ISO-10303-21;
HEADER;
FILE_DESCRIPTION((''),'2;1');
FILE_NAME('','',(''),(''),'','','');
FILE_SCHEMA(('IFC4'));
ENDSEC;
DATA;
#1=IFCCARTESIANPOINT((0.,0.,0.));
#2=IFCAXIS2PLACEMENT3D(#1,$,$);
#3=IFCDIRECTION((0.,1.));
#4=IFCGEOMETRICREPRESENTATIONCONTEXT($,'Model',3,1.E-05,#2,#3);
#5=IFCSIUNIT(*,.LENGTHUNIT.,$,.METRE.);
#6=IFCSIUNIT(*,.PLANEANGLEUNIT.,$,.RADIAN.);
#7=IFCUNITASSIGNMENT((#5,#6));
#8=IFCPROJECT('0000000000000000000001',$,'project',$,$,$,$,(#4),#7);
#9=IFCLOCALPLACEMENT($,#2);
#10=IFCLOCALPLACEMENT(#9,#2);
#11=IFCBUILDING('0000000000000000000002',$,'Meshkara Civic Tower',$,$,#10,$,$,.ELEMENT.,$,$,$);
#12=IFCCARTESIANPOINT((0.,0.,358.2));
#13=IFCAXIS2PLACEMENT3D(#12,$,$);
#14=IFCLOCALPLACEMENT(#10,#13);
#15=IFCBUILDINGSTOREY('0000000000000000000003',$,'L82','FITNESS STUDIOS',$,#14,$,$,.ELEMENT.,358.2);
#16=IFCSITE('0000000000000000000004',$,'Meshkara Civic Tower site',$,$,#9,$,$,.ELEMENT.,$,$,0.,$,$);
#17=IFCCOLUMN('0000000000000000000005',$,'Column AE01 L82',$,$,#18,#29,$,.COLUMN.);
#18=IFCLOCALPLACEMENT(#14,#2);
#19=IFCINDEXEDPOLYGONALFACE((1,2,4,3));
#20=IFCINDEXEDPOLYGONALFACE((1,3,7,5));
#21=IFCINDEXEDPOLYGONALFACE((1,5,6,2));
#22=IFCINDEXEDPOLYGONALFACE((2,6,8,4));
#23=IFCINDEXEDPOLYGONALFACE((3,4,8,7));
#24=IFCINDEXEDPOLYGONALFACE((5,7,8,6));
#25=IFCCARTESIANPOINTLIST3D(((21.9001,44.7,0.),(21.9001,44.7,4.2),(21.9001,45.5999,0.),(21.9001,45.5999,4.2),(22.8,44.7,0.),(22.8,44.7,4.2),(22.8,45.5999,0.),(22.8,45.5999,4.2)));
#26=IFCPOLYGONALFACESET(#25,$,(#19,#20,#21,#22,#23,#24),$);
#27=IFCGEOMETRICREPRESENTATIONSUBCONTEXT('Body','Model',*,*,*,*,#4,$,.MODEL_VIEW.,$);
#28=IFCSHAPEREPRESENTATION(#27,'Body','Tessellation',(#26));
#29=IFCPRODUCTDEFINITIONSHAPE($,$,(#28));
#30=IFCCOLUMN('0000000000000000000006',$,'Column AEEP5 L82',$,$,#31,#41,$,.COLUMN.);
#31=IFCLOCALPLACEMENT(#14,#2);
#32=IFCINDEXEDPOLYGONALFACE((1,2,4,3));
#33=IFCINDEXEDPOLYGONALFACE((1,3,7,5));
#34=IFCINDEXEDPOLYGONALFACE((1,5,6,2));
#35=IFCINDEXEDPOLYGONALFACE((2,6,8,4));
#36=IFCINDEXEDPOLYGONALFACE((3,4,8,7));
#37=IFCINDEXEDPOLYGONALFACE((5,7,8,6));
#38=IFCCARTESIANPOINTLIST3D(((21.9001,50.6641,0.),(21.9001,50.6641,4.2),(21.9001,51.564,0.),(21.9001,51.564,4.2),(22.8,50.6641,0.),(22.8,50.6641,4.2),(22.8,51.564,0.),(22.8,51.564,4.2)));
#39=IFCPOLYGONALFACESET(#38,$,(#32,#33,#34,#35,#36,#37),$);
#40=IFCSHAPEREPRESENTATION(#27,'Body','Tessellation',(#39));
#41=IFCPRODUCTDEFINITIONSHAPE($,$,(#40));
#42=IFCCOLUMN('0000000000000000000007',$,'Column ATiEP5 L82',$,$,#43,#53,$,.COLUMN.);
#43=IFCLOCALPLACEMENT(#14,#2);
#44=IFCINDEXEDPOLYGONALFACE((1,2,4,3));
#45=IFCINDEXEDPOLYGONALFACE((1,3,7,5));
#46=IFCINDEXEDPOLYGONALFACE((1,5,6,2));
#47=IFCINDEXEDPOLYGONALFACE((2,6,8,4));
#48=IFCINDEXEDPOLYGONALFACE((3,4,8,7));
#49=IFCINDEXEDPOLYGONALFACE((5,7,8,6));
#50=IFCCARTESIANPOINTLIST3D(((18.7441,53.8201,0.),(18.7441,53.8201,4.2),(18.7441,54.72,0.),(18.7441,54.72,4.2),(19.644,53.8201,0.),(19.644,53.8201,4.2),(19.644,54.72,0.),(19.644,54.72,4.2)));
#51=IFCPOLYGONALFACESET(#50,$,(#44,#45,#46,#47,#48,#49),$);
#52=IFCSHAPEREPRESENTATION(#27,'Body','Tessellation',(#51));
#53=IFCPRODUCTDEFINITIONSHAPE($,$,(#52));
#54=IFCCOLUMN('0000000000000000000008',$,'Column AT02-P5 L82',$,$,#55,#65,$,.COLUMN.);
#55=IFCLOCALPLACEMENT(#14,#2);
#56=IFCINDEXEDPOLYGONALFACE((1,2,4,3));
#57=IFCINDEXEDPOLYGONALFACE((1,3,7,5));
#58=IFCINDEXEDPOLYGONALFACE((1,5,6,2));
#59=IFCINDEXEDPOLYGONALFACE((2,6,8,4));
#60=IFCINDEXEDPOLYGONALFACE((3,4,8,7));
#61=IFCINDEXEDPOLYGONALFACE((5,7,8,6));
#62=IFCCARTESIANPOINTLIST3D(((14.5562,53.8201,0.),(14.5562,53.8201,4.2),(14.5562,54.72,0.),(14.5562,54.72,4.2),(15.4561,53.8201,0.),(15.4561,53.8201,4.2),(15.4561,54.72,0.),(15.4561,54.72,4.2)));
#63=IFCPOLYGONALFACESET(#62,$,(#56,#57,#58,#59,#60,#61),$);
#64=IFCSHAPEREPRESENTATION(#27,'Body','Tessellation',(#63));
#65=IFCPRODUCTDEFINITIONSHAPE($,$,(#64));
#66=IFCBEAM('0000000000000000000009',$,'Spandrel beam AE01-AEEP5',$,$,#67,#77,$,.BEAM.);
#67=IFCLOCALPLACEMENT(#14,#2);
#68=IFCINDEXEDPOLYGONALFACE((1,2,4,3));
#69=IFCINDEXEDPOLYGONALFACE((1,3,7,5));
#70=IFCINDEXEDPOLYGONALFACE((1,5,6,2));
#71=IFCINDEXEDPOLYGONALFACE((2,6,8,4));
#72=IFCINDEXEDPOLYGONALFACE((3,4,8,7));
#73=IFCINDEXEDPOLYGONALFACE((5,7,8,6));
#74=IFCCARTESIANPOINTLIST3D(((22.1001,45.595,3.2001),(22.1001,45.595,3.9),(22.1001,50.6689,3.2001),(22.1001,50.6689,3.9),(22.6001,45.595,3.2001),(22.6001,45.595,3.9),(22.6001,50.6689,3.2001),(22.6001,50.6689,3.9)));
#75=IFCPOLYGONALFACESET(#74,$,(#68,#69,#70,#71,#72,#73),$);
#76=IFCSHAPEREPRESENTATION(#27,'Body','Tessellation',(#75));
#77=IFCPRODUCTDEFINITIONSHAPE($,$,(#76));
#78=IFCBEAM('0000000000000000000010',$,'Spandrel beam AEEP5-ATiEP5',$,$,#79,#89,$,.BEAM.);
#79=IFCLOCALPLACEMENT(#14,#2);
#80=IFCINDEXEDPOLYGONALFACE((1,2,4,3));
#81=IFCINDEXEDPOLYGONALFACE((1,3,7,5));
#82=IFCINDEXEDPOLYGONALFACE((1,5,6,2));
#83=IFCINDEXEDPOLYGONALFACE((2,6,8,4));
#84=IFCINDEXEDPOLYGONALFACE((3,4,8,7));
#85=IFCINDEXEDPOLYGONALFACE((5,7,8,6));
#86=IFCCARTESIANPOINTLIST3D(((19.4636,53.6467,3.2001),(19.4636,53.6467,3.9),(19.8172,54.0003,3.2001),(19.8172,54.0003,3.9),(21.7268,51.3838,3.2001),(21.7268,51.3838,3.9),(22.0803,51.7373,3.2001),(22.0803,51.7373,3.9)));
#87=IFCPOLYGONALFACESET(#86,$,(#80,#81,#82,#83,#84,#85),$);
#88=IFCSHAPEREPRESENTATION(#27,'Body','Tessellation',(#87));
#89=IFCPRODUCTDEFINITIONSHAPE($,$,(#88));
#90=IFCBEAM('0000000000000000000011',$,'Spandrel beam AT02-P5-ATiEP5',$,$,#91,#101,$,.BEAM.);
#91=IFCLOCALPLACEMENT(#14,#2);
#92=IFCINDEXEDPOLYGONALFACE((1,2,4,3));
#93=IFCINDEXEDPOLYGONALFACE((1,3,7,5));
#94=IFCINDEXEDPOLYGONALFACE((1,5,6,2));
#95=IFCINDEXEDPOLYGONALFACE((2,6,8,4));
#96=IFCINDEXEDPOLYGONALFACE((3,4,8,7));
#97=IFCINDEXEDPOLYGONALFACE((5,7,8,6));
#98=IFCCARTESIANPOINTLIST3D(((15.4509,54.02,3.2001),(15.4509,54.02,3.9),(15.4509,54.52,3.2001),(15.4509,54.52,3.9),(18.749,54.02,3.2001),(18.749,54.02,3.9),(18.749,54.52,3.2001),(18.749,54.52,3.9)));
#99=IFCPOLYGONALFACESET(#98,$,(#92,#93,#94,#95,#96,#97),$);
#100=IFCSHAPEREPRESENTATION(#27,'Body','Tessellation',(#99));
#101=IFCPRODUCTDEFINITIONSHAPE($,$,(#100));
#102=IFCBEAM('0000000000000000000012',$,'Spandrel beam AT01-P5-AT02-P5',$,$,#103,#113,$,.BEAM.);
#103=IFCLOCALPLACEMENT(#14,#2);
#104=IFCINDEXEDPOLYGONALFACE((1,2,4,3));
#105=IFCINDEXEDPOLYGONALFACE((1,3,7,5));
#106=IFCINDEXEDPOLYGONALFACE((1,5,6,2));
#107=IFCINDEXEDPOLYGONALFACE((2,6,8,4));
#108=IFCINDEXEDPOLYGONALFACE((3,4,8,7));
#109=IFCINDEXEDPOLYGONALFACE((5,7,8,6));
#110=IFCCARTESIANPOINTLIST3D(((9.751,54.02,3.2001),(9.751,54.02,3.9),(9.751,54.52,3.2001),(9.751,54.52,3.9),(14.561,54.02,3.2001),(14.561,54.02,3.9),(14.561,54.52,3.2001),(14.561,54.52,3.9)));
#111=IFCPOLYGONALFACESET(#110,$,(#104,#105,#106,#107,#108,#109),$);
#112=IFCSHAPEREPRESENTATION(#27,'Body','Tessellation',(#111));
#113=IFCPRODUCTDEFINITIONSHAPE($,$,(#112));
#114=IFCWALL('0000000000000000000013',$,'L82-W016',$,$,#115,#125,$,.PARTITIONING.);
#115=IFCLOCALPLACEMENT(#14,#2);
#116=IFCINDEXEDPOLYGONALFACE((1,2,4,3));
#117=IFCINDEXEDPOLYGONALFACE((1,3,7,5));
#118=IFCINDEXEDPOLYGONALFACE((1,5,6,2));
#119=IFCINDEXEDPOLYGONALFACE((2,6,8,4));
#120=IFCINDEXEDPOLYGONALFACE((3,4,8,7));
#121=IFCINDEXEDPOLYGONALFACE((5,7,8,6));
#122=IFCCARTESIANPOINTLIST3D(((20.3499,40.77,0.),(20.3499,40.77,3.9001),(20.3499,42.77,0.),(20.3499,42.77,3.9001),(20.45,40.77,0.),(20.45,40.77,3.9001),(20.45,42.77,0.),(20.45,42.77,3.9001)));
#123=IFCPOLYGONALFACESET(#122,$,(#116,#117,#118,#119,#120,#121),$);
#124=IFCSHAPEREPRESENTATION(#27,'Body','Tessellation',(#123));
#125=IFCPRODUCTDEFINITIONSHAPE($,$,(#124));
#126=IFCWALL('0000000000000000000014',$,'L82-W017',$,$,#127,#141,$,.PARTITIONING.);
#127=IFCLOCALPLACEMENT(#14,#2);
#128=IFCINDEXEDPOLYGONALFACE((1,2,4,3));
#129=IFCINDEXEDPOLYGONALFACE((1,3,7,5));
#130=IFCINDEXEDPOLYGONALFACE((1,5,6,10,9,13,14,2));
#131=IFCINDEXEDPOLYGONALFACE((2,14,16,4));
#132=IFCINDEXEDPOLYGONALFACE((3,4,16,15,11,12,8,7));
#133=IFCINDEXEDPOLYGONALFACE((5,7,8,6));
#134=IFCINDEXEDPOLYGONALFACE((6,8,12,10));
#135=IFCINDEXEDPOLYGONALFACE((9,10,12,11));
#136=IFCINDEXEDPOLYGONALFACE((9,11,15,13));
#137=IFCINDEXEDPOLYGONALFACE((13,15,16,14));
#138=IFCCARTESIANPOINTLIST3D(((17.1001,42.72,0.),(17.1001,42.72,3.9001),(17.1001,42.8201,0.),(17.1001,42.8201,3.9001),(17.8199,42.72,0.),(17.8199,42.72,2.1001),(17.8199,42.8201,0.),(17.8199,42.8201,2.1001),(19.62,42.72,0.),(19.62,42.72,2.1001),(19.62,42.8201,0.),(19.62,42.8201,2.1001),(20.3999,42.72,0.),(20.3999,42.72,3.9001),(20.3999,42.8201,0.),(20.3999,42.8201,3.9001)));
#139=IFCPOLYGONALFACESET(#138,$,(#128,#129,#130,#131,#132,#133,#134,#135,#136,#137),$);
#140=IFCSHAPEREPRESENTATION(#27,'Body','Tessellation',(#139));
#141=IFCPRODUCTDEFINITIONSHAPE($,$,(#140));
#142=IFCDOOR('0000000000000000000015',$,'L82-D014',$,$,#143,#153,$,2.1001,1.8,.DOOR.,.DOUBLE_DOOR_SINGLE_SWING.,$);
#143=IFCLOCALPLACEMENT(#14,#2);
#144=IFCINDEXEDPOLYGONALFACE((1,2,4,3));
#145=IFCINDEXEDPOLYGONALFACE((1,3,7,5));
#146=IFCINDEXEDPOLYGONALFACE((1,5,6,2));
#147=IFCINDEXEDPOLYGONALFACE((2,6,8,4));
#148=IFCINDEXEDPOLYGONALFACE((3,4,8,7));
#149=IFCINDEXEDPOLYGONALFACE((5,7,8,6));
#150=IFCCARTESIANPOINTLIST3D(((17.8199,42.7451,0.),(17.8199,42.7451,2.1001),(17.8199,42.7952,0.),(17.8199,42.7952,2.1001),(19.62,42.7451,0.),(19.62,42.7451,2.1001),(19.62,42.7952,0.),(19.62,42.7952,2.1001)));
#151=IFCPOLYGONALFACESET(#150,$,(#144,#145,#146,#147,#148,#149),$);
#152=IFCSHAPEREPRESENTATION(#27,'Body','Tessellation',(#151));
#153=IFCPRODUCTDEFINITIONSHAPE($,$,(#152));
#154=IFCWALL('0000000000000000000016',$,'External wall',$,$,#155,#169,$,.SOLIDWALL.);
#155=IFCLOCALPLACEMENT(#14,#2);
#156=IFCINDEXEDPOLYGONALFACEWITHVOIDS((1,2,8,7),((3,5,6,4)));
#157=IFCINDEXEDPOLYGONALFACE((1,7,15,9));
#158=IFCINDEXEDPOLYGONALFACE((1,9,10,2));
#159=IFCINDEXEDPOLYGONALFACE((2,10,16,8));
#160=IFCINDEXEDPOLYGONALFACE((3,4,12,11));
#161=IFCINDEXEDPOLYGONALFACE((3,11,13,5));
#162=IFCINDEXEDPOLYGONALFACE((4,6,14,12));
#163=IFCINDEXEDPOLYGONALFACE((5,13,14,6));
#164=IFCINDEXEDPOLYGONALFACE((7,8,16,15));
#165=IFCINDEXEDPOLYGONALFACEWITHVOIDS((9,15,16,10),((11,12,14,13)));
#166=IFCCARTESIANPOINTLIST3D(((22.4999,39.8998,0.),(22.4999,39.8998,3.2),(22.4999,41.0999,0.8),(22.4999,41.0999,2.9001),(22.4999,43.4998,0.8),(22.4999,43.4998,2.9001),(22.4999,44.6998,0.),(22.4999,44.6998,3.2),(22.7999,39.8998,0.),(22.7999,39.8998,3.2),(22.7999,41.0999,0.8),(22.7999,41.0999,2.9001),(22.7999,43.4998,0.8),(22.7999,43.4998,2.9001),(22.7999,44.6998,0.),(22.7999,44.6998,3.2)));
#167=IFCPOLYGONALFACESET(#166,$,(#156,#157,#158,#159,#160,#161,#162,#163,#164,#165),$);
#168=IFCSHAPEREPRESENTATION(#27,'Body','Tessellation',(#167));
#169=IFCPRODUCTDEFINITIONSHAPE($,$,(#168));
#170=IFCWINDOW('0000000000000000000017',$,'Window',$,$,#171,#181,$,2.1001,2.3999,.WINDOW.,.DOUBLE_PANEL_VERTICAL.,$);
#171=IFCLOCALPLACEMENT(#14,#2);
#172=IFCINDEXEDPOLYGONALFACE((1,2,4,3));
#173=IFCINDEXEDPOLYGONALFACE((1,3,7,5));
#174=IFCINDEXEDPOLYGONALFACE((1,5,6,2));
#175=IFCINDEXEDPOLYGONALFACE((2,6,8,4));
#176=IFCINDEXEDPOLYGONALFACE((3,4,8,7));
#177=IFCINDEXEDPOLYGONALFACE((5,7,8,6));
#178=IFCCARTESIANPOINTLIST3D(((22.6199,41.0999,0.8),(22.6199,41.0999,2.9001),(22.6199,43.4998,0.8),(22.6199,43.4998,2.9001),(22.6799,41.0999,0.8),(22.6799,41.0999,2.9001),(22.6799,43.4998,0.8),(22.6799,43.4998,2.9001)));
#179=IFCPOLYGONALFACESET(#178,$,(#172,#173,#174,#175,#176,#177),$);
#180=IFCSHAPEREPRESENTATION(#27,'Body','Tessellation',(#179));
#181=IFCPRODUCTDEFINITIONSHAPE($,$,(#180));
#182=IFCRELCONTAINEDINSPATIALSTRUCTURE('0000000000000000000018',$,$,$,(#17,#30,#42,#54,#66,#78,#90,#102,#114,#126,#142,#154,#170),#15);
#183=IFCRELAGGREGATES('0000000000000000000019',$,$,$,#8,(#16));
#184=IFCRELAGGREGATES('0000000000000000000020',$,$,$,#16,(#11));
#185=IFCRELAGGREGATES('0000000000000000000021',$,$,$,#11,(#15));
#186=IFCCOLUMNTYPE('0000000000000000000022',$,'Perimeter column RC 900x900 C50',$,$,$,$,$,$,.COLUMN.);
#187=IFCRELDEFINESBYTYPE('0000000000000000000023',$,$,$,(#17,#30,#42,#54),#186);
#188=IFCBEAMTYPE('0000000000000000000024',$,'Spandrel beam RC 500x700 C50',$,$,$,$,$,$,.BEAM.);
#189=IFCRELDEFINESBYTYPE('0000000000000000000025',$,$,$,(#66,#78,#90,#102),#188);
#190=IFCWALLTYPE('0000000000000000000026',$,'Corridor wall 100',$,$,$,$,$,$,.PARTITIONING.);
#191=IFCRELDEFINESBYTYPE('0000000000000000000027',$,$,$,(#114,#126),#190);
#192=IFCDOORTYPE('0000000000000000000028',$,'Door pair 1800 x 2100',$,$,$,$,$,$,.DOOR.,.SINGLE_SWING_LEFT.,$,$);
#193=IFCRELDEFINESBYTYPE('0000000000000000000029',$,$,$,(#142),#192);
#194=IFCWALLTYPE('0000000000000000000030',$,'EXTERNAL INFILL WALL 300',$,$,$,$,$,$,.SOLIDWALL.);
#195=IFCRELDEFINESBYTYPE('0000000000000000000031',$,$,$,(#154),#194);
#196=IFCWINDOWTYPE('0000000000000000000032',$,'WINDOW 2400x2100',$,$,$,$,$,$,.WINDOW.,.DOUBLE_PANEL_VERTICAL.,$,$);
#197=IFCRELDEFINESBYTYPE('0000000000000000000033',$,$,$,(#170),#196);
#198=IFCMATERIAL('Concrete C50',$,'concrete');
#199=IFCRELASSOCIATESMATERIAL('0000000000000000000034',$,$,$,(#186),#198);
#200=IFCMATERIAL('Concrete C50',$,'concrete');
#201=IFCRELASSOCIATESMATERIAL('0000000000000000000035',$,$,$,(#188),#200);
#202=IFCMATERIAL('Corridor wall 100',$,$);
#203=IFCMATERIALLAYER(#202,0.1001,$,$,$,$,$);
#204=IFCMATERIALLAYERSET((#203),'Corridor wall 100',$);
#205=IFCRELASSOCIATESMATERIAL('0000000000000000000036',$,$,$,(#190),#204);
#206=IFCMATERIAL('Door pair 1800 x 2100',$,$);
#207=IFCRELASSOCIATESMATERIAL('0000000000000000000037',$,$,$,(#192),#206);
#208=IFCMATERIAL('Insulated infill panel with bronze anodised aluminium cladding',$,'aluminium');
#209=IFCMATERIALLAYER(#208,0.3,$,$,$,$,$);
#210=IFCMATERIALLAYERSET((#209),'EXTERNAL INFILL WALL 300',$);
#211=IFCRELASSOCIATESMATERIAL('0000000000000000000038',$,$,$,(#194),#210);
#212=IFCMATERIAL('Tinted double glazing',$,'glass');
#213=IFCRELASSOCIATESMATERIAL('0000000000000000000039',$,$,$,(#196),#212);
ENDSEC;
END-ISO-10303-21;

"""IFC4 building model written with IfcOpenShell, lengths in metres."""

from ifc_helpers import new_model, si_unit, direction, frame, frame_2d, origin, origin_2d, place, context, subcontext, project, spatial, rectangle, extrude, material, layer, layer_set, material_profile, profile_set, type_object, element, fill, save


model = new_model("IFC4")

# Units and contexts
model_context = context("Model", 3, precision=1e-05, world=origin(), true_north=direction((0.0, 1.0)))
body_context = subcontext(model_context, "Body", "Model", "MODEL_VIEW")
ifc_project = project(units=[si_unit("LENGTHUNIT", "METRE"), si_unit("PLANEANGLEUNIT", "RADIAN")], contexts=[model_context])

# Site, building, storey
site_placement = place(None, origin())
site = spatial("IfcSite", under=ifc_project, at=site_placement, Name="Meshkara Civic Tower site", CompositionType="ELEMENT", RefElevation=0.0)
building_placement = place(site_placement, origin())
building = spatial("IfcBuilding", under=site, at=building_placement, Name="Meshkara Civic Tower", CompositionType="ELEMENT")
storey_placement = place(building_placement, frame((0.0, 0.0, 358.2)))
storey = spatial("IfcBuildingStorey", under=building, at=storey_placement, Name="L82", Description="FITNESS STUDIOS", CompositionType="ELEMENT", Elevation=358.2)

# Columns
ifc_material_1 = material(Name="Concrete C50", Category="concrete")
ifc_material_profile_1 = material_profile(ifc_material_1, rectangle(XDim=0.8999, YDim=0.8999, at=origin_2d()))
ifc_profile_set_1 = profile_set([ifc_material_profile_1], Name="Concrete C50")
column_type = type_object("IfcColumnType", Name="Perimeter column RC 900x900 C50", PredefinedType="COLUMN", material=ifc_profile_set_1)
for number, where, z_axis, x_axis, name in (
    (1, (22.3501, 45.1499, 0.0), (0.0, 0.0, 1.0), (1.0, 0.0, 0.0), "Column AE01 L82"),
    (2, (22.3501, 51.114, 0.0), (0.0, 0.0, 1.0), (1.0, 0.0, 0.0), "Column AEEP5 L82"),
    (3, (19.1941, 54.27, 0.0), (0.0, 0.0, 1.0), (1.0, 0.0, 0.0), "Column ATiEP5 L82"),
    (4, (15.0061, 54.27, 0.0), (0.0, 0.0, 1.0), (1.0, 0.0, 0.0), "Column AT02-P5 L82"),
):
    element("IfcColumn", number, at=place(storey_placement, frame(where, z_axis=z_axis, x_axis=x_axis)), inside=storey, type_object=column_type, Name=name, PredefinedType="COLUMN", context=body_context, shape_type="SweptSolid", body=[
        extrude(rectangle(XDim=0.8999, YDim=0.8999, at=origin_2d()), origin(), (0.0, 0.0, 1.0), 4.2),
    ])

# Beams
ifc_material_2 = material(Name="Concrete C50", Category="concrete")
ifc_material_profile_2 = material_profile(ifc_material_2, rectangle(XDim=0.5, YDim=0.7, at=origin_2d()))
ifc_profile_set_2 = profile_set([ifc_material_profile_2], Name="Concrete C50")
beam_type = type_object("IfcBeamType", Name="Spandrel beam RC 500x700 C50", PredefinedType="BEAM", material=ifc_profile_set_2)
beam_1_placement = place(storey_placement, frame((22.3501, 45.595, 3.55), z_axis=(0.0, 1.0, 0.0), x_axis=(-1.0, 0.0, 0.0)))
element("IfcBeam", 5, at=beam_1_placement, inside=storey, type_object=beam_type, Name="Spandrel beam AE01-AEEP5", PredefinedType="BEAM", context=body_context, shape_type="SweptSolid", body=[
    extrude(rectangle(XDim=0.5, YDim=0.7, at=origin_2d()), origin(), (0.0, 0.0, 1.0), 5.074),
])
beam_2_placement = place(storey_placement, frame((21.9036, 51.5605, 3.55), z_axis=(-0.707145, 0.707069, 0.0), x_axis=(-0.707069, -0.707145, 0.0)))
element("IfcBeam", 6, at=beam_2_placement, inside=storey, type_object=beam_type, Name="Spandrel beam AEEP5-ATiEP5", PredefinedType="BEAM", context=body_context, shape_type="SweptSolid", body=[
    extrude(rectangle(XDim=0.5, YDim=0.7, at=origin_2d()), origin(), (0.0, 0.0, 1.0), 3.2004),
])
beam_3_placement = place(storey_placement, frame((18.749, 54.27, 3.55), z_axis=(-1.0, 0.0, 0.0), x_axis=(0.0, -1.0, 0.0)))
element("IfcBeam", 7, at=beam_3_placement, inside=storey, type_object=beam_type, Name="Spandrel beam AT02-P5-ATiEP5", PredefinedType="BEAM", context=body_context, shape_type="SweptSolid", body=[
    extrude(rectangle(XDim=0.5, YDim=0.7, at=origin_2d()), origin(), (0.0, 0.0, 1.0), 3.2981),
])
beam_4_placement = place(storey_placement, frame((14.561, 54.27, 3.55), z_axis=(-1.0, 0.0, 0.0), x_axis=(0.0, -1.0, 0.0)))
element("IfcBeam", 8, at=beam_4_placement, inside=storey, type_object=beam_type, Name="Spandrel beam AT01-P5-AT02-P5", PredefinedType="BEAM", context=body_context, shape_type="SweptSolid", body=[
    extrude(rectangle(XDim=0.5, YDim=0.7, at=origin_2d()), origin(), (0.0, 0.0, 1.0), 4.8101),
])

# Wall
ifc_material_3 = material(Name="Corridor wall 100")
ifc_layer_1 = layer(ifc_material_3, 0.1001)
ifc_layer_set_1 = layer_set([ifc_layer_1], Name="Corridor wall 100")
wall_type_1 = type_object("IfcWallType", Name="Corridor wall 100", PredefinedType="PARTITIONING", material=ifc_layer_set_1)
wall_1_placement = place(storey_placement, frame((20.3999, 40.77, 0.0), z_axis=(0.0, 0.0, 1.0), x_axis=(0.0, 1.0, 0.0)))
element("IfcWall", 9, at=wall_1_placement, inside=storey, type_object=wall_type_1, Name="L82-W016", PredefinedType="PARTITIONING", context=body_context, shape_type="SweptSolid", body=[
    extrude(rectangle(XDim=2.0, YDim=0.1001, at=frame_2d((1.0, 0.0))), origin(), (0.0, 0.0, 1.0), 3.9001),
])

# Wall, opening, door
wall_2_placement = place(storey_placement, frame((20.3999, 42.77, 0.0), z_axis=(0.0, 0.0, 1.0), x_axis=(-1.0, 0.0, 0.0)))
wall_2 = element("IfcWall", 10, at=wall_2_placement, inside=storey, type_object=wall_type_1, Name="L82-W017", PredefinedType="PARTITIONING", context=body_context, shape_type="SweptSolid", body=[
    extrude(rectangle(XDim=3.2998, YDim=0.1001, at=frame_2d((1.6499, 0.0))), origin(), (0.0, 0.0, 1.0), 3.9001),
])
opening_1_placement = place(wall_2_placement, frame((0.78, 0.0, 0.0)))
opening_1 = element("IfcOpeningElement", 11, at=opening_1_placement, cuts=wall_2, PredefinedType="OPENING", context=body_context, shape_type="SweptSolid", body=[
    extrude(rectangle(XDim=1.8, YDim=2.1001, at=frame_2d((0.8999, 1.05))), frame((0.0, 0.0601, 0.0), z_axis=(0.0, -1.0, 0.0), x_axis=(1.0, 0.0, 0.0)), (0.0, 0.0, 1.0), 0.1201),
])
ifc_material_4 = material(Name="Door pair 1800 x 2100")
door_type = type_object("IfcDoorType", Name="Door pair 1800 x 2100", OperationType="SINGLE_SWING_LEFT", PredefinedType="DOOR", material=ifc_material_4)
door_placement = place(opening_1_placement, origin())
door = element("IfcDoor", 12, at=door_placement, inside=storey, type_object=door_type, Name="L82-D014", OperationType="DOUBLE_DOOR_SINGLE_SWING", OverallHeight=2.1001, OverallWidth=1.8, PredefinedType="DOOR", context=body_context, shape_type="SweptSolid", body=[
    extrude(rectangle(XDim=1.8, YDim=2.1001, at=frame_2d((0.8999, 1.05))), frame((0.0, 0.0249, 0.0), z_axis=(0.0, -1.0, 0.0), x_axis=(1.0, 0.0, 0.0)), (0.0, 0.0, 1.0), 0.05),
])
fill(opening_1, door)

# Wall, opening, window
ifc_material_5 = material(Name="Insulated infill panel with bronze anodised aluminium cladding", Category="aluminium")
ifc_layer_2 = layer(ifc_material_5, 0.3)
ifc_layer_set_2 = layer_set([ifc_layer_2], Name="EXTERNAL INFILL WALL 300")
wall_type_2 = type_object("IfcWallType", Name="EXTERNAL INFILL WALL 300", PredefinedType="SOLIDWALL", material=ifc_layer_set_2)
wall_3_placement = place(storey_placement, frame((22.6499, 39.8999, 0.0), z_axis=(0.0, 0.0, 1.0), x_axis=(0.0, 1.0, 0.0)))
wall_3 = element("IfcWall", 13, at=wall_3_placement, inside=storey, type_object=wall_type_2, Name="External wall", PredefinedType="SOLIDWALL", context=body_context, shape_type="SweptSolid", body=[
    extrude(rectangle(XDim=4.8, YDim=0.3, at=frame_2d((2.3999, 0.0))), origin(), (0.0, 0.0, 1.0), 3.2),
])
opening_2_placement = place(wall_3_placement, frame((1.2, 0.0, 0.8)))
opening_2 = element("IfcOpeningElement", 14, at=opening_2_placement, cuts=wall_3, PredefinedType="OPENING", context=body_context, shape_type="SweptSolid", body=[
    extrude(rectangle(XDim=2.3999, YDim=2.1001, at=frame_2d((1.2, 1.05))), frame((0.0, 0.1599, 0.0), z_axis=(0.0, -1.0, 0.0), x_axis=(1.0, 0.0, 0.0)), (0.0, 0.0, 1.0), 0.3201),
])
ifc_material_6 = material(Name="Tinted double glazing", Category="glass")
window_type = type_object("IfcWindowType", Name="WINDOW 2400x2100", PartitioningType="DOUBLE_PANEL_VERTICAL", PredefinedType="WINDOW", material=ifc_material_6)
window_1_placement = place(opening_2_placement, origin())
window_1 = element("IfcWindow", 15, at=window_1_placement, inside=storey, type_object=window_type, Name="Window", OverallHeight=2.1001, OverallWidth=2.3999, PartitioningType="DOUBLE_PANEL_VERTICAL", PredefinedType="WINDOW", context=body_context, shape_type="SweptSolid", body=[
    extrude(rectangle(XDim=2.3999, YDim=2.1001, at=frame_2d((1.2, 1.05))), frame((0.0, 0.03, 0.0), z_axis=(0.0, -1.0, 0.0), x_axis=(1.0, 0.0, 0.0)), (0.0, 0.0, 1.0), 0.0601),
])
fill(opening_2, window_1)

save(model, "model.ifc")
